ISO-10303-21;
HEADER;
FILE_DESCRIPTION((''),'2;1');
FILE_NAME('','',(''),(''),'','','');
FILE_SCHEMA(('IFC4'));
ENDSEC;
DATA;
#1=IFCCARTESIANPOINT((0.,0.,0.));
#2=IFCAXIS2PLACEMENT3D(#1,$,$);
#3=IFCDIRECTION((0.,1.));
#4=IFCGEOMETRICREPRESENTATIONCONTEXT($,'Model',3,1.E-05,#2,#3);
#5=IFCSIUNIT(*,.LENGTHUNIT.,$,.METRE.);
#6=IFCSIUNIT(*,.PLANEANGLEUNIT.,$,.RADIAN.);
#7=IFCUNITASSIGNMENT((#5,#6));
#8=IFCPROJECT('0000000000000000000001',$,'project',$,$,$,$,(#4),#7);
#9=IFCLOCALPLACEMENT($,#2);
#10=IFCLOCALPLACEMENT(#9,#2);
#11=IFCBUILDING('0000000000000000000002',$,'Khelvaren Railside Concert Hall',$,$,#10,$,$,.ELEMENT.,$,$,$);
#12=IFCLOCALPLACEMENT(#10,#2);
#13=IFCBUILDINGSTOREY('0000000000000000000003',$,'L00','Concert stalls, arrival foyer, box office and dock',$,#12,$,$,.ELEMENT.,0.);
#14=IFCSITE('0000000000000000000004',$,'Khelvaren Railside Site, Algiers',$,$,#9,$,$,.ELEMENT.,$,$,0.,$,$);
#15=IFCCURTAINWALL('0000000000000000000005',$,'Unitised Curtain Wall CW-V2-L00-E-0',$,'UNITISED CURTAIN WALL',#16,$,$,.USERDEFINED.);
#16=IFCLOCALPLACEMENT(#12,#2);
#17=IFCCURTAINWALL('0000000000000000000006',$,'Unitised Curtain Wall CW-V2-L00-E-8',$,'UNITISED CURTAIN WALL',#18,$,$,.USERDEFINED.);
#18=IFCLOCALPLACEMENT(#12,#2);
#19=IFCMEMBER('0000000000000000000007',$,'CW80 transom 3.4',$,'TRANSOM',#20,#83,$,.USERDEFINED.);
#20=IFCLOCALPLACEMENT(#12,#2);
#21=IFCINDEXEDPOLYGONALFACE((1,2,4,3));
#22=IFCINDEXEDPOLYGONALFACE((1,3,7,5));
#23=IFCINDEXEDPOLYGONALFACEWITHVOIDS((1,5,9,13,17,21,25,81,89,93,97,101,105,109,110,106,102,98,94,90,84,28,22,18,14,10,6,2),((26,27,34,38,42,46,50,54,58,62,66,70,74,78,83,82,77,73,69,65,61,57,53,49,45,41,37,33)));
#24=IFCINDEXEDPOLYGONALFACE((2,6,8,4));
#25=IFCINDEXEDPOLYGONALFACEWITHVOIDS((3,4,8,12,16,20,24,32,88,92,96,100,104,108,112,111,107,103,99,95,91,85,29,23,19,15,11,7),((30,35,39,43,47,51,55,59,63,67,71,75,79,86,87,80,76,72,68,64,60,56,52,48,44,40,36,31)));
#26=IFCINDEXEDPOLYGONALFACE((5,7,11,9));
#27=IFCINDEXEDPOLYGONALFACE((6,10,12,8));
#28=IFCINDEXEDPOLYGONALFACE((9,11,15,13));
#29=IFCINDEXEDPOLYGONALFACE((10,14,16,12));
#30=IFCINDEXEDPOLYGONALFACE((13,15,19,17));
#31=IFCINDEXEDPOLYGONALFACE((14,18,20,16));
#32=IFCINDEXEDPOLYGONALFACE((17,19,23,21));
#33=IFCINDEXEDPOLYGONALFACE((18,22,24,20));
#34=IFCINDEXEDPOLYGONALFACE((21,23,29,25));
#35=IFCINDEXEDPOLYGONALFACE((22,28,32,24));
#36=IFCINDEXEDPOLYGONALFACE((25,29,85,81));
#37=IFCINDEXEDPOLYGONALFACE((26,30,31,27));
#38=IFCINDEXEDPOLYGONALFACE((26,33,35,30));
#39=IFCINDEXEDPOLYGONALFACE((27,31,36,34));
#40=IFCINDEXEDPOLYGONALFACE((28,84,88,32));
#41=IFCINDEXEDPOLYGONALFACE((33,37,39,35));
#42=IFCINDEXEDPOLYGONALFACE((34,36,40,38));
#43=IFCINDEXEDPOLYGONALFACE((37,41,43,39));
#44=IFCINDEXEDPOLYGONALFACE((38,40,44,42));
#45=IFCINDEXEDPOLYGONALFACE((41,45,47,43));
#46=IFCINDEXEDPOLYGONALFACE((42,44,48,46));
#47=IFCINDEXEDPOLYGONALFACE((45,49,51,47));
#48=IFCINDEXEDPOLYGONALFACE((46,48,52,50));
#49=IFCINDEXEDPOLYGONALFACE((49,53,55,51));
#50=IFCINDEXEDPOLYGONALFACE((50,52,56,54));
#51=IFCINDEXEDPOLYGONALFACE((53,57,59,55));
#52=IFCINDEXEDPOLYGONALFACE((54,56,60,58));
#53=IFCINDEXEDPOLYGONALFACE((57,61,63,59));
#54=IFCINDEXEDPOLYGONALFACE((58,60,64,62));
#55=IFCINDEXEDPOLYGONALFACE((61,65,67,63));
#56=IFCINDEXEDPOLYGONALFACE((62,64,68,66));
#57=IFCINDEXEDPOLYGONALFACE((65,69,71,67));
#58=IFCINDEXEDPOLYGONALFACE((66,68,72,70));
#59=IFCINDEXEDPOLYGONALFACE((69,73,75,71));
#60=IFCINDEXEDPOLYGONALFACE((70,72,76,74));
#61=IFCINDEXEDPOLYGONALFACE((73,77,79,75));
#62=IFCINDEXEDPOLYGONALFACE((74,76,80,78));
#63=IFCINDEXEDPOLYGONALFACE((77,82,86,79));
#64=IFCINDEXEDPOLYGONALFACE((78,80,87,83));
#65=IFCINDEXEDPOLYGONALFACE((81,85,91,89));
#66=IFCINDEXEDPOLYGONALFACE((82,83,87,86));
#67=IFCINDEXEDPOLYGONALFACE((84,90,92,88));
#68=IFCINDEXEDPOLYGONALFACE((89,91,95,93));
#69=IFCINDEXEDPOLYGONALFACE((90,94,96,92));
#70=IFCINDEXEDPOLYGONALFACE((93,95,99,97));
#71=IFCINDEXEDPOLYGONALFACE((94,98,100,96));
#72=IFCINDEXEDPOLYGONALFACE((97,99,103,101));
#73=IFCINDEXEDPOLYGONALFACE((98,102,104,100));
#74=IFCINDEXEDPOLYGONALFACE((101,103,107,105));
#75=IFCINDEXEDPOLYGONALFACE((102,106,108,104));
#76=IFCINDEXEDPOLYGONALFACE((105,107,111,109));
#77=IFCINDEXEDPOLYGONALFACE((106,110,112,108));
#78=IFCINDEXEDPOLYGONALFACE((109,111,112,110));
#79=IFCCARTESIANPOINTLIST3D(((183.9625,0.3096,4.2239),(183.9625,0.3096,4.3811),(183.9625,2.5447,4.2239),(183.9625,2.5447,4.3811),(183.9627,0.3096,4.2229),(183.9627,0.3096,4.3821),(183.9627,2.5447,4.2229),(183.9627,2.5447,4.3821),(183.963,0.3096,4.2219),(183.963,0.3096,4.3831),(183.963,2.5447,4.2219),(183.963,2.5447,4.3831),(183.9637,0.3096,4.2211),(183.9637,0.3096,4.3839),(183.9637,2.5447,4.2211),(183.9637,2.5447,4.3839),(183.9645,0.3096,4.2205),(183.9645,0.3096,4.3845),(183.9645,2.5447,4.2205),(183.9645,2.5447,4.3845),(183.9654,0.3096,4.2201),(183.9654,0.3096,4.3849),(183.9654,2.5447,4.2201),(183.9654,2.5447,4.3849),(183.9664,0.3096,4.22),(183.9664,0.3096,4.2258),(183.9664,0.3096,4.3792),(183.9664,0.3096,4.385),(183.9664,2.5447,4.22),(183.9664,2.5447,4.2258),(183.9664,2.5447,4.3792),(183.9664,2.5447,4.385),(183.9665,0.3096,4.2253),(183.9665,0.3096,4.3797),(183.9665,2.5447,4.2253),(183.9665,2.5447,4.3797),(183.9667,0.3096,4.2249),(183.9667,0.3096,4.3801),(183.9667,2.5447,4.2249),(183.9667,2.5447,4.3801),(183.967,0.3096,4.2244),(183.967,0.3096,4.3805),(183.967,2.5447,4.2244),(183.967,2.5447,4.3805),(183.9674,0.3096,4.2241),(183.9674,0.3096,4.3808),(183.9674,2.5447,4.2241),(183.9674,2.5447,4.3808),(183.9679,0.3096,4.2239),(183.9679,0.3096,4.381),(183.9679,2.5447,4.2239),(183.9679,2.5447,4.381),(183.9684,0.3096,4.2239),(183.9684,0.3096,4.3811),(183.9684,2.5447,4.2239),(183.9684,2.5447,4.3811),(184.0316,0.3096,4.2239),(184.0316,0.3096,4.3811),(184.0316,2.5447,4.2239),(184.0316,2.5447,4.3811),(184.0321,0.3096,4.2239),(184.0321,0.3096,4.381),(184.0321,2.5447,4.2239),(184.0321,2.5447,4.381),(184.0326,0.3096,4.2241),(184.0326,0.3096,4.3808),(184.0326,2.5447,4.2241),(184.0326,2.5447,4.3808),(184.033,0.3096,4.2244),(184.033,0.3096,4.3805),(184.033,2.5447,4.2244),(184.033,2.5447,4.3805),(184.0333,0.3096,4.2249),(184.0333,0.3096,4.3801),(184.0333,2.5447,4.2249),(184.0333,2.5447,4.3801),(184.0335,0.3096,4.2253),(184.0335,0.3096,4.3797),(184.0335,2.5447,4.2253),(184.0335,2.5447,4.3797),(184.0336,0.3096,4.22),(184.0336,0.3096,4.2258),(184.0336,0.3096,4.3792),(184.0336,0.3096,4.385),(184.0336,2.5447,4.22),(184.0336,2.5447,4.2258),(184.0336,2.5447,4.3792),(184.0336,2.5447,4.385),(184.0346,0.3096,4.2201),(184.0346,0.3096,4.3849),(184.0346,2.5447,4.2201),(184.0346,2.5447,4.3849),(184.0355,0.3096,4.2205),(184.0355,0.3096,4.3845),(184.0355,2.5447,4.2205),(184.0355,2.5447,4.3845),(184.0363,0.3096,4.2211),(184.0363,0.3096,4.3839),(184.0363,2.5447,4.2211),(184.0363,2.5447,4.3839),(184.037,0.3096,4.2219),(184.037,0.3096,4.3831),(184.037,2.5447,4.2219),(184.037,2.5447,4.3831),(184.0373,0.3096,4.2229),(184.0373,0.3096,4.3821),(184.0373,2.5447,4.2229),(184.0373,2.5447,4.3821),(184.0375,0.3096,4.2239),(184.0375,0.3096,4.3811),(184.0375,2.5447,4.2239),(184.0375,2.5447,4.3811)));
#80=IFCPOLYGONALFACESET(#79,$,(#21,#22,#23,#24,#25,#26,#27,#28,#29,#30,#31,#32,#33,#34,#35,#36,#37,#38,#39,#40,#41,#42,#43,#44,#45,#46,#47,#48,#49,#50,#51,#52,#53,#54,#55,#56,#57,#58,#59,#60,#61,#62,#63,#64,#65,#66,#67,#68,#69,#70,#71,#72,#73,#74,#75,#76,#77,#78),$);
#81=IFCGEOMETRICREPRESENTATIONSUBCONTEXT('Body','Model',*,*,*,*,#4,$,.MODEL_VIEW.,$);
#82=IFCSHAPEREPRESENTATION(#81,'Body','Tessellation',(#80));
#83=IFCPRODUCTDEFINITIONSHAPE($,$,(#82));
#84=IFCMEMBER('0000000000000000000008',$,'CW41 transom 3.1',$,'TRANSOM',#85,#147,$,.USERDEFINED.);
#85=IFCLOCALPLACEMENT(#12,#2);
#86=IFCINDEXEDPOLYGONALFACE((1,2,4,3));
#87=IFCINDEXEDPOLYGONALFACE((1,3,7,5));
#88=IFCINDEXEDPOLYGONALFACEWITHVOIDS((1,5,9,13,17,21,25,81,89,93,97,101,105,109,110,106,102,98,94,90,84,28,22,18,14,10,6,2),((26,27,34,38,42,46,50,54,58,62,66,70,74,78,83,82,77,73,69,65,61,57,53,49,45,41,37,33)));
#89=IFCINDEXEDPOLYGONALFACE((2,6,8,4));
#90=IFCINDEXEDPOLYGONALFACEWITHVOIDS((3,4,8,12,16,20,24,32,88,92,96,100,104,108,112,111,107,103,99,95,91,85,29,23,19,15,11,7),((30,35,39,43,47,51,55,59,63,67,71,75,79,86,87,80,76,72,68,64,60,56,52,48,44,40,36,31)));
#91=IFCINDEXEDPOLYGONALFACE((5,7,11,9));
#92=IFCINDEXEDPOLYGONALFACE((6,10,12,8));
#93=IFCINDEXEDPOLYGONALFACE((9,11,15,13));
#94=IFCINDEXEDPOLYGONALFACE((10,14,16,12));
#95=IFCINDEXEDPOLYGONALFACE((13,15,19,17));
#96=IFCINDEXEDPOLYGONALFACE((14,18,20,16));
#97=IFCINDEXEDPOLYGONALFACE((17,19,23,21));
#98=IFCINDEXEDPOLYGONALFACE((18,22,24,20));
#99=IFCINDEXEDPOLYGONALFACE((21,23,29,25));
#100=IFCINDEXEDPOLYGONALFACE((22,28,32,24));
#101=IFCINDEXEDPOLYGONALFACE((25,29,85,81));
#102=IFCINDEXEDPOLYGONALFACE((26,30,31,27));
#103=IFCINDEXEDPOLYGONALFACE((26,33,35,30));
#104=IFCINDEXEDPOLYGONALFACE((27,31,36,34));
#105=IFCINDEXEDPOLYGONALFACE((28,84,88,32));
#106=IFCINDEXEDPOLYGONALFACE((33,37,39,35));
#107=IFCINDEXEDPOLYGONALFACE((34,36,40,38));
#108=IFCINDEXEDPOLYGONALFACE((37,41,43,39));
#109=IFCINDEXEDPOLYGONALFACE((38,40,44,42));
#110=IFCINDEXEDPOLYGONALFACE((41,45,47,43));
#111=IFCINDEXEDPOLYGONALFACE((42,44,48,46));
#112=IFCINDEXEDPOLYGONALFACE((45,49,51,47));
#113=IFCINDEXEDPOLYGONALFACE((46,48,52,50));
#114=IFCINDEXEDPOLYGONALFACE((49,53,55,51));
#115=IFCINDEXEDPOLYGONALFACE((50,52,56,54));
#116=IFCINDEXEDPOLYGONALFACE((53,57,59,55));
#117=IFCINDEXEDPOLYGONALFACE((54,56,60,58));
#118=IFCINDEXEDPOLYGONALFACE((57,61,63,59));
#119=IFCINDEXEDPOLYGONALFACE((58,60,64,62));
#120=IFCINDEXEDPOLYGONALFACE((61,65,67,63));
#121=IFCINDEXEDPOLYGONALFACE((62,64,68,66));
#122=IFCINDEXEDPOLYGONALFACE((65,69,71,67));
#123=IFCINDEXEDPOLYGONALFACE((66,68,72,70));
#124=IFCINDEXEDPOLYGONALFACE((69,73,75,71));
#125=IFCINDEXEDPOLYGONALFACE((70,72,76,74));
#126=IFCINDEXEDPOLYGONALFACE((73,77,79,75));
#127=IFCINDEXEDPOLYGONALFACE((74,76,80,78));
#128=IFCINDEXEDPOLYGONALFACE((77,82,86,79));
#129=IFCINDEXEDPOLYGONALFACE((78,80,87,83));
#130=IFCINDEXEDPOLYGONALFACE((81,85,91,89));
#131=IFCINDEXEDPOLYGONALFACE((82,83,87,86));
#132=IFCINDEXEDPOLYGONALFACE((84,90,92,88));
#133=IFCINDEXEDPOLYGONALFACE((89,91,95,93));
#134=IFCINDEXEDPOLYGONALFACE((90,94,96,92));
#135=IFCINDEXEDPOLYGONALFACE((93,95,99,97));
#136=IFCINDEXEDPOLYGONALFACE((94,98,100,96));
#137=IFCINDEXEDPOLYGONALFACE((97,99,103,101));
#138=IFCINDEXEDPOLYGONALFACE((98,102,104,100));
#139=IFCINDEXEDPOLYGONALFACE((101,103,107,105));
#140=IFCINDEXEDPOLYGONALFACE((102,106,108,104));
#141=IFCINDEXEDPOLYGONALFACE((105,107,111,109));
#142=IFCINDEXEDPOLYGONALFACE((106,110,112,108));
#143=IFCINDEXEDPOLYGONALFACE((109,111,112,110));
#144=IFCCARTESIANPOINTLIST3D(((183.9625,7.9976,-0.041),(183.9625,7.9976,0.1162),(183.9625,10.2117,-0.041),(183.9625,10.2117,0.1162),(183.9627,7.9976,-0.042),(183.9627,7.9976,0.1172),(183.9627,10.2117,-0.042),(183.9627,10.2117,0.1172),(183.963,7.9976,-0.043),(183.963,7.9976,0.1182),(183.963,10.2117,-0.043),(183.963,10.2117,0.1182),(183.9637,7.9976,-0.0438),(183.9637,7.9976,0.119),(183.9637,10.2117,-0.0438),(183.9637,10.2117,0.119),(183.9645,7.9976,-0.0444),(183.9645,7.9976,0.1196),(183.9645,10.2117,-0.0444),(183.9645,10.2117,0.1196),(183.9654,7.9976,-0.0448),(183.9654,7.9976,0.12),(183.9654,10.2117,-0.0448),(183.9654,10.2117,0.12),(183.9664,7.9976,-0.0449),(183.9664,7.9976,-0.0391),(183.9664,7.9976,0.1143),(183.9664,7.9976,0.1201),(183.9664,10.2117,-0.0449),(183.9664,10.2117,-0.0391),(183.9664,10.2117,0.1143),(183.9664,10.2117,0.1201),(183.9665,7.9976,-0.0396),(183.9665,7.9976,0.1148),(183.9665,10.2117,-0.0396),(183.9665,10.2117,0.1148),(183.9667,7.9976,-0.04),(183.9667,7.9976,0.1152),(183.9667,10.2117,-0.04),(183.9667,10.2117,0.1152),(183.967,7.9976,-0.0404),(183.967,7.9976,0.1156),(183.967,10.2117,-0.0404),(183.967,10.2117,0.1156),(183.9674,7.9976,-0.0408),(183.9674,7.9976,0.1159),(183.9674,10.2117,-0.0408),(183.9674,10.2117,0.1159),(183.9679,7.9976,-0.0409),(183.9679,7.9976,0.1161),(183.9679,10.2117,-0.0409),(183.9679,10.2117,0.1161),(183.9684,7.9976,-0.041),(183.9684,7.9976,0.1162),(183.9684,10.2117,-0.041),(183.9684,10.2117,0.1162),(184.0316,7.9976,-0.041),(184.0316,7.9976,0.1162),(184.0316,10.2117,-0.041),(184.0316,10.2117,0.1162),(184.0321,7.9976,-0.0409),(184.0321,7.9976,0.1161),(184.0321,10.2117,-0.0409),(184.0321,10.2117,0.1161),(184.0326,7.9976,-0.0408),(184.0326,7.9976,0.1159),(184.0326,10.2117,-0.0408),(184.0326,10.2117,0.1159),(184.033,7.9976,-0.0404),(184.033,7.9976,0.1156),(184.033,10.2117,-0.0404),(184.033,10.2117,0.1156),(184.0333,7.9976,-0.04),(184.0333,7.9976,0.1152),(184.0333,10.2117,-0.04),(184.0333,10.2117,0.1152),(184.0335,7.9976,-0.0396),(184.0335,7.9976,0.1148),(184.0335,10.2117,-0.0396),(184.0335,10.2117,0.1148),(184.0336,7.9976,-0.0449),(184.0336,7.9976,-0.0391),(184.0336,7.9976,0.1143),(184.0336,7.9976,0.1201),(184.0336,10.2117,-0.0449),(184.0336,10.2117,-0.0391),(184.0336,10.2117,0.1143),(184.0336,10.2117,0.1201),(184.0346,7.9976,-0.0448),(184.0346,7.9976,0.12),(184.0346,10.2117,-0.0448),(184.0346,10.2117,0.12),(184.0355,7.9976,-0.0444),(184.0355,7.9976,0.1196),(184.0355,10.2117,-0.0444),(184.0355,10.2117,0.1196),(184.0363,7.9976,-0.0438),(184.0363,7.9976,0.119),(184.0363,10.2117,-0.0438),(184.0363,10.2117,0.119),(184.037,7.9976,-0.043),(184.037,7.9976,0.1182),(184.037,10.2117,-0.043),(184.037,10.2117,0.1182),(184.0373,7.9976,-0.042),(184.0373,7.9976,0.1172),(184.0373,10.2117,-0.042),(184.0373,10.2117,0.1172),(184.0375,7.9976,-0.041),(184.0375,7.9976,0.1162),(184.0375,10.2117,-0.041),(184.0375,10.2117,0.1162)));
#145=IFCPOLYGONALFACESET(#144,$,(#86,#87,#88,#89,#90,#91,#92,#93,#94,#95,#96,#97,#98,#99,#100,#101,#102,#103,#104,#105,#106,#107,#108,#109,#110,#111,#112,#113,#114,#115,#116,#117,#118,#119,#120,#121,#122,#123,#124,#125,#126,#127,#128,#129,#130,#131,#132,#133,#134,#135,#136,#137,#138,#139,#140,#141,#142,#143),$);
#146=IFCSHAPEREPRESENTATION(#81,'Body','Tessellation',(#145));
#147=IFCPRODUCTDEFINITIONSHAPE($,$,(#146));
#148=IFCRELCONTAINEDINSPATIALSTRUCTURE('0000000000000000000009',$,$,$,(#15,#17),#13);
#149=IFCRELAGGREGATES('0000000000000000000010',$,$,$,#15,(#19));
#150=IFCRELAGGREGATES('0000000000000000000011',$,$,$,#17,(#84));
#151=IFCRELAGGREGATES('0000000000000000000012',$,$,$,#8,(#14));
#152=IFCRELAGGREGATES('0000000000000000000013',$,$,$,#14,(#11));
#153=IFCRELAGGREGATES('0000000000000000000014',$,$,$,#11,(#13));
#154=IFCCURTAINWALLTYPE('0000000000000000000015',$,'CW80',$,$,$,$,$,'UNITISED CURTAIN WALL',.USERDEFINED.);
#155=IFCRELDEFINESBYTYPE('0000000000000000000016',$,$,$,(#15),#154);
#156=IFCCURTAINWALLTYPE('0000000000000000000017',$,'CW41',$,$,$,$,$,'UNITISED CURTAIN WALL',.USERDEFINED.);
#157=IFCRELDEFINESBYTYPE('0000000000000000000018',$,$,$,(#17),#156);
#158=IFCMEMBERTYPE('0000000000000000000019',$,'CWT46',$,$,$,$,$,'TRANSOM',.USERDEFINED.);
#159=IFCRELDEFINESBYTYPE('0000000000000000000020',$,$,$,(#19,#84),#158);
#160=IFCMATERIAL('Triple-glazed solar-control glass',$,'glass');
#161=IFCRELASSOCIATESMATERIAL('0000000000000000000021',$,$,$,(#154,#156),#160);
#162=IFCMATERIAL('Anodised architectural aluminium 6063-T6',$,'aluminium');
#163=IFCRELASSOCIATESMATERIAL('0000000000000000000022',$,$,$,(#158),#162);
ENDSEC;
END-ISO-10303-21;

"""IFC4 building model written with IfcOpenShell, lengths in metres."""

from ifc_helpers import new_model, si_unit, direction, frame, origin, origin_2d, place, context, subcontext, project, spatial, hollow_rectangle, extrude, material, material_profile, profile_set, type_object, element, aggregate, save


model = new_model("IFC4")

# Units and contexts
model_context = context("Model", 3, precision=1e-05, world=origin(), true_north=direction((0.0, 1.0)))
body_context = subcontext(model_context, "Body", "Model", "MODEL_VIEW")
ifc_project = project(units=[si_unit("LENGTHUNIT", "METRE"), si_unit("PLANEANGLEUNIT", "RADIAN")], contexts=[model_context])

# Site, building, storey
site_placement = place(None, origin())
site = spatial("IfcSite", under=ifc_project, at=site_placement, Name="Khelvaren Railside Site, Algiers", CompositionType="ELEMENT", RefElevation=0.0)
building_placement = place(site_placement, origin())
building = spatial("IfcBuilding", under=site, at=building_placement, Name="Khelvaren Railside Concert Hall", CompositionType="ELEMENT")
storey_placement = place(building_placement, origin())
storey = spatial("IfcBuildingStorey", under=building, at=storey_placement, Name="L00", Description="Concert stalls, arrival foyer, box office and dock", CompositionType="ELEMENT", Elevation=0.0)

# Curtain wall
ifc_material_1 = material(Name="Triple-glazed solar-control glass", Category="glass")
curtain_wall_type_1 = type_object("IfcCurtainWallType", Name="CW80", ElementType="UNITISED CURTAIN WALL", PredefinedType="USERDEFINED", material=ifc_material_1)
curtain_wall_1_placement = place(storey_placement, origin())
curtain_wall_1 = element("IfcCurtainWall", 1, at=curtain_wall_1_placement, inside=storey, type_object=curtain_wall_type_1, Name="Unitised Curtain Wall CW-V2-L00-E-0", ObjectType="UNITISED CURTAIN WALL", PredefinedType="USERDEFINED")
ifc_material_2 = material(Name="Anodised architectural aluminium 6063-T6", Category="aluminium")

# Curtain wall
curtain_wall_type_2 = type_object("IfcCurtainWallType", Name="CW41", ElementType="UNITISED CURTAIN WALL", PredefinedType="USERDEFINED", material=ifc_material_1)
curtain_wall_2_placement = place(storey_placement, origin())
curtain_wall_2 = element("IfcCurtainWall", 2, at=curtain_wall_2_placement, inside=storey, type_object=curtain_wall_type_2, Name="Unitised Curtain Wall CW-V2-L00-E-8", ObjectType="UNITISED CURTAIN WALL", PredefinedType="USERDEFINED")

# Members
ifc_material_profile_1 = material_profile(ifc_material_2, hollow_rectangle(XDim=0.075, YDim=0.165, WallThickness=0.0039, InnerFilletRadius=0.002, OuterFilletRadius=0.0039, at=origin_2d()), Name="CWT 75x165x4")
ifc_profile_set_1 = profile_set([ifc_material_profile_1], Name="Anodised architectural aluminium 6063-T6")
member_type_1 = type_object("IfcMemberType", Name="CWT46", ElementType="TRANSOM", PredefinedType="USERDEFINED", material=ifc_profile_set_1)
member_1_placement = place(storey_placement, frame((184.0, 2.5447, 4.3025), z_axis=(0.0, -1.0, 0.0), x_axis=(1.0, 0.0, 0.0)))
member_1 = element("IfcMember", 3, at=member_1_placement, type_object=member_type_1, Name="CW80 transom 3.4", ObjectType="TRANSOM", PredefinedType="USERDEFINED", context=body_context, shape_type="SweptSolid", body=[
    extrude(hollow_rectangle(XDim=0.075, YDim=0.165, WallThickness=0.0039, InnerFilletRadius=0.002, OuterFilletRadius=0.0039, at=origin_2d()), origin(), (0.0, 0.0, 1.0), 2.2351),
])
member_2_placement = place(storey_placement, frame((184.0, 10.2117, 0.0376), z_axis=(0.0, -1.0, 0.0), x_axis=(1.0, 0.0, 0.0)))
member_2 = element("IfcMember", 4, at=member_2_placement, type_object=member_type_1, Name="CW41 transom 3.1", ObjectType="TRANSOM", PredefinedType="USERDEFINED", context=body_context, shape_type="SweptSolid", body=[
    extrude(hollow_rectangle(XDim=0.075, YDim=0.165, WallThickness=0.0039, InnerFilletRadius=0.002, OuterFilletRadius=0.0039, at=origin_2d()), origin(), (0.0, 0.0, 1.0), 2.2141),
])

aggregate(curtain_wall_1, [member_1])
aggregate(curtain_wall_2, [member_2])

save(model, "model.ifc")
